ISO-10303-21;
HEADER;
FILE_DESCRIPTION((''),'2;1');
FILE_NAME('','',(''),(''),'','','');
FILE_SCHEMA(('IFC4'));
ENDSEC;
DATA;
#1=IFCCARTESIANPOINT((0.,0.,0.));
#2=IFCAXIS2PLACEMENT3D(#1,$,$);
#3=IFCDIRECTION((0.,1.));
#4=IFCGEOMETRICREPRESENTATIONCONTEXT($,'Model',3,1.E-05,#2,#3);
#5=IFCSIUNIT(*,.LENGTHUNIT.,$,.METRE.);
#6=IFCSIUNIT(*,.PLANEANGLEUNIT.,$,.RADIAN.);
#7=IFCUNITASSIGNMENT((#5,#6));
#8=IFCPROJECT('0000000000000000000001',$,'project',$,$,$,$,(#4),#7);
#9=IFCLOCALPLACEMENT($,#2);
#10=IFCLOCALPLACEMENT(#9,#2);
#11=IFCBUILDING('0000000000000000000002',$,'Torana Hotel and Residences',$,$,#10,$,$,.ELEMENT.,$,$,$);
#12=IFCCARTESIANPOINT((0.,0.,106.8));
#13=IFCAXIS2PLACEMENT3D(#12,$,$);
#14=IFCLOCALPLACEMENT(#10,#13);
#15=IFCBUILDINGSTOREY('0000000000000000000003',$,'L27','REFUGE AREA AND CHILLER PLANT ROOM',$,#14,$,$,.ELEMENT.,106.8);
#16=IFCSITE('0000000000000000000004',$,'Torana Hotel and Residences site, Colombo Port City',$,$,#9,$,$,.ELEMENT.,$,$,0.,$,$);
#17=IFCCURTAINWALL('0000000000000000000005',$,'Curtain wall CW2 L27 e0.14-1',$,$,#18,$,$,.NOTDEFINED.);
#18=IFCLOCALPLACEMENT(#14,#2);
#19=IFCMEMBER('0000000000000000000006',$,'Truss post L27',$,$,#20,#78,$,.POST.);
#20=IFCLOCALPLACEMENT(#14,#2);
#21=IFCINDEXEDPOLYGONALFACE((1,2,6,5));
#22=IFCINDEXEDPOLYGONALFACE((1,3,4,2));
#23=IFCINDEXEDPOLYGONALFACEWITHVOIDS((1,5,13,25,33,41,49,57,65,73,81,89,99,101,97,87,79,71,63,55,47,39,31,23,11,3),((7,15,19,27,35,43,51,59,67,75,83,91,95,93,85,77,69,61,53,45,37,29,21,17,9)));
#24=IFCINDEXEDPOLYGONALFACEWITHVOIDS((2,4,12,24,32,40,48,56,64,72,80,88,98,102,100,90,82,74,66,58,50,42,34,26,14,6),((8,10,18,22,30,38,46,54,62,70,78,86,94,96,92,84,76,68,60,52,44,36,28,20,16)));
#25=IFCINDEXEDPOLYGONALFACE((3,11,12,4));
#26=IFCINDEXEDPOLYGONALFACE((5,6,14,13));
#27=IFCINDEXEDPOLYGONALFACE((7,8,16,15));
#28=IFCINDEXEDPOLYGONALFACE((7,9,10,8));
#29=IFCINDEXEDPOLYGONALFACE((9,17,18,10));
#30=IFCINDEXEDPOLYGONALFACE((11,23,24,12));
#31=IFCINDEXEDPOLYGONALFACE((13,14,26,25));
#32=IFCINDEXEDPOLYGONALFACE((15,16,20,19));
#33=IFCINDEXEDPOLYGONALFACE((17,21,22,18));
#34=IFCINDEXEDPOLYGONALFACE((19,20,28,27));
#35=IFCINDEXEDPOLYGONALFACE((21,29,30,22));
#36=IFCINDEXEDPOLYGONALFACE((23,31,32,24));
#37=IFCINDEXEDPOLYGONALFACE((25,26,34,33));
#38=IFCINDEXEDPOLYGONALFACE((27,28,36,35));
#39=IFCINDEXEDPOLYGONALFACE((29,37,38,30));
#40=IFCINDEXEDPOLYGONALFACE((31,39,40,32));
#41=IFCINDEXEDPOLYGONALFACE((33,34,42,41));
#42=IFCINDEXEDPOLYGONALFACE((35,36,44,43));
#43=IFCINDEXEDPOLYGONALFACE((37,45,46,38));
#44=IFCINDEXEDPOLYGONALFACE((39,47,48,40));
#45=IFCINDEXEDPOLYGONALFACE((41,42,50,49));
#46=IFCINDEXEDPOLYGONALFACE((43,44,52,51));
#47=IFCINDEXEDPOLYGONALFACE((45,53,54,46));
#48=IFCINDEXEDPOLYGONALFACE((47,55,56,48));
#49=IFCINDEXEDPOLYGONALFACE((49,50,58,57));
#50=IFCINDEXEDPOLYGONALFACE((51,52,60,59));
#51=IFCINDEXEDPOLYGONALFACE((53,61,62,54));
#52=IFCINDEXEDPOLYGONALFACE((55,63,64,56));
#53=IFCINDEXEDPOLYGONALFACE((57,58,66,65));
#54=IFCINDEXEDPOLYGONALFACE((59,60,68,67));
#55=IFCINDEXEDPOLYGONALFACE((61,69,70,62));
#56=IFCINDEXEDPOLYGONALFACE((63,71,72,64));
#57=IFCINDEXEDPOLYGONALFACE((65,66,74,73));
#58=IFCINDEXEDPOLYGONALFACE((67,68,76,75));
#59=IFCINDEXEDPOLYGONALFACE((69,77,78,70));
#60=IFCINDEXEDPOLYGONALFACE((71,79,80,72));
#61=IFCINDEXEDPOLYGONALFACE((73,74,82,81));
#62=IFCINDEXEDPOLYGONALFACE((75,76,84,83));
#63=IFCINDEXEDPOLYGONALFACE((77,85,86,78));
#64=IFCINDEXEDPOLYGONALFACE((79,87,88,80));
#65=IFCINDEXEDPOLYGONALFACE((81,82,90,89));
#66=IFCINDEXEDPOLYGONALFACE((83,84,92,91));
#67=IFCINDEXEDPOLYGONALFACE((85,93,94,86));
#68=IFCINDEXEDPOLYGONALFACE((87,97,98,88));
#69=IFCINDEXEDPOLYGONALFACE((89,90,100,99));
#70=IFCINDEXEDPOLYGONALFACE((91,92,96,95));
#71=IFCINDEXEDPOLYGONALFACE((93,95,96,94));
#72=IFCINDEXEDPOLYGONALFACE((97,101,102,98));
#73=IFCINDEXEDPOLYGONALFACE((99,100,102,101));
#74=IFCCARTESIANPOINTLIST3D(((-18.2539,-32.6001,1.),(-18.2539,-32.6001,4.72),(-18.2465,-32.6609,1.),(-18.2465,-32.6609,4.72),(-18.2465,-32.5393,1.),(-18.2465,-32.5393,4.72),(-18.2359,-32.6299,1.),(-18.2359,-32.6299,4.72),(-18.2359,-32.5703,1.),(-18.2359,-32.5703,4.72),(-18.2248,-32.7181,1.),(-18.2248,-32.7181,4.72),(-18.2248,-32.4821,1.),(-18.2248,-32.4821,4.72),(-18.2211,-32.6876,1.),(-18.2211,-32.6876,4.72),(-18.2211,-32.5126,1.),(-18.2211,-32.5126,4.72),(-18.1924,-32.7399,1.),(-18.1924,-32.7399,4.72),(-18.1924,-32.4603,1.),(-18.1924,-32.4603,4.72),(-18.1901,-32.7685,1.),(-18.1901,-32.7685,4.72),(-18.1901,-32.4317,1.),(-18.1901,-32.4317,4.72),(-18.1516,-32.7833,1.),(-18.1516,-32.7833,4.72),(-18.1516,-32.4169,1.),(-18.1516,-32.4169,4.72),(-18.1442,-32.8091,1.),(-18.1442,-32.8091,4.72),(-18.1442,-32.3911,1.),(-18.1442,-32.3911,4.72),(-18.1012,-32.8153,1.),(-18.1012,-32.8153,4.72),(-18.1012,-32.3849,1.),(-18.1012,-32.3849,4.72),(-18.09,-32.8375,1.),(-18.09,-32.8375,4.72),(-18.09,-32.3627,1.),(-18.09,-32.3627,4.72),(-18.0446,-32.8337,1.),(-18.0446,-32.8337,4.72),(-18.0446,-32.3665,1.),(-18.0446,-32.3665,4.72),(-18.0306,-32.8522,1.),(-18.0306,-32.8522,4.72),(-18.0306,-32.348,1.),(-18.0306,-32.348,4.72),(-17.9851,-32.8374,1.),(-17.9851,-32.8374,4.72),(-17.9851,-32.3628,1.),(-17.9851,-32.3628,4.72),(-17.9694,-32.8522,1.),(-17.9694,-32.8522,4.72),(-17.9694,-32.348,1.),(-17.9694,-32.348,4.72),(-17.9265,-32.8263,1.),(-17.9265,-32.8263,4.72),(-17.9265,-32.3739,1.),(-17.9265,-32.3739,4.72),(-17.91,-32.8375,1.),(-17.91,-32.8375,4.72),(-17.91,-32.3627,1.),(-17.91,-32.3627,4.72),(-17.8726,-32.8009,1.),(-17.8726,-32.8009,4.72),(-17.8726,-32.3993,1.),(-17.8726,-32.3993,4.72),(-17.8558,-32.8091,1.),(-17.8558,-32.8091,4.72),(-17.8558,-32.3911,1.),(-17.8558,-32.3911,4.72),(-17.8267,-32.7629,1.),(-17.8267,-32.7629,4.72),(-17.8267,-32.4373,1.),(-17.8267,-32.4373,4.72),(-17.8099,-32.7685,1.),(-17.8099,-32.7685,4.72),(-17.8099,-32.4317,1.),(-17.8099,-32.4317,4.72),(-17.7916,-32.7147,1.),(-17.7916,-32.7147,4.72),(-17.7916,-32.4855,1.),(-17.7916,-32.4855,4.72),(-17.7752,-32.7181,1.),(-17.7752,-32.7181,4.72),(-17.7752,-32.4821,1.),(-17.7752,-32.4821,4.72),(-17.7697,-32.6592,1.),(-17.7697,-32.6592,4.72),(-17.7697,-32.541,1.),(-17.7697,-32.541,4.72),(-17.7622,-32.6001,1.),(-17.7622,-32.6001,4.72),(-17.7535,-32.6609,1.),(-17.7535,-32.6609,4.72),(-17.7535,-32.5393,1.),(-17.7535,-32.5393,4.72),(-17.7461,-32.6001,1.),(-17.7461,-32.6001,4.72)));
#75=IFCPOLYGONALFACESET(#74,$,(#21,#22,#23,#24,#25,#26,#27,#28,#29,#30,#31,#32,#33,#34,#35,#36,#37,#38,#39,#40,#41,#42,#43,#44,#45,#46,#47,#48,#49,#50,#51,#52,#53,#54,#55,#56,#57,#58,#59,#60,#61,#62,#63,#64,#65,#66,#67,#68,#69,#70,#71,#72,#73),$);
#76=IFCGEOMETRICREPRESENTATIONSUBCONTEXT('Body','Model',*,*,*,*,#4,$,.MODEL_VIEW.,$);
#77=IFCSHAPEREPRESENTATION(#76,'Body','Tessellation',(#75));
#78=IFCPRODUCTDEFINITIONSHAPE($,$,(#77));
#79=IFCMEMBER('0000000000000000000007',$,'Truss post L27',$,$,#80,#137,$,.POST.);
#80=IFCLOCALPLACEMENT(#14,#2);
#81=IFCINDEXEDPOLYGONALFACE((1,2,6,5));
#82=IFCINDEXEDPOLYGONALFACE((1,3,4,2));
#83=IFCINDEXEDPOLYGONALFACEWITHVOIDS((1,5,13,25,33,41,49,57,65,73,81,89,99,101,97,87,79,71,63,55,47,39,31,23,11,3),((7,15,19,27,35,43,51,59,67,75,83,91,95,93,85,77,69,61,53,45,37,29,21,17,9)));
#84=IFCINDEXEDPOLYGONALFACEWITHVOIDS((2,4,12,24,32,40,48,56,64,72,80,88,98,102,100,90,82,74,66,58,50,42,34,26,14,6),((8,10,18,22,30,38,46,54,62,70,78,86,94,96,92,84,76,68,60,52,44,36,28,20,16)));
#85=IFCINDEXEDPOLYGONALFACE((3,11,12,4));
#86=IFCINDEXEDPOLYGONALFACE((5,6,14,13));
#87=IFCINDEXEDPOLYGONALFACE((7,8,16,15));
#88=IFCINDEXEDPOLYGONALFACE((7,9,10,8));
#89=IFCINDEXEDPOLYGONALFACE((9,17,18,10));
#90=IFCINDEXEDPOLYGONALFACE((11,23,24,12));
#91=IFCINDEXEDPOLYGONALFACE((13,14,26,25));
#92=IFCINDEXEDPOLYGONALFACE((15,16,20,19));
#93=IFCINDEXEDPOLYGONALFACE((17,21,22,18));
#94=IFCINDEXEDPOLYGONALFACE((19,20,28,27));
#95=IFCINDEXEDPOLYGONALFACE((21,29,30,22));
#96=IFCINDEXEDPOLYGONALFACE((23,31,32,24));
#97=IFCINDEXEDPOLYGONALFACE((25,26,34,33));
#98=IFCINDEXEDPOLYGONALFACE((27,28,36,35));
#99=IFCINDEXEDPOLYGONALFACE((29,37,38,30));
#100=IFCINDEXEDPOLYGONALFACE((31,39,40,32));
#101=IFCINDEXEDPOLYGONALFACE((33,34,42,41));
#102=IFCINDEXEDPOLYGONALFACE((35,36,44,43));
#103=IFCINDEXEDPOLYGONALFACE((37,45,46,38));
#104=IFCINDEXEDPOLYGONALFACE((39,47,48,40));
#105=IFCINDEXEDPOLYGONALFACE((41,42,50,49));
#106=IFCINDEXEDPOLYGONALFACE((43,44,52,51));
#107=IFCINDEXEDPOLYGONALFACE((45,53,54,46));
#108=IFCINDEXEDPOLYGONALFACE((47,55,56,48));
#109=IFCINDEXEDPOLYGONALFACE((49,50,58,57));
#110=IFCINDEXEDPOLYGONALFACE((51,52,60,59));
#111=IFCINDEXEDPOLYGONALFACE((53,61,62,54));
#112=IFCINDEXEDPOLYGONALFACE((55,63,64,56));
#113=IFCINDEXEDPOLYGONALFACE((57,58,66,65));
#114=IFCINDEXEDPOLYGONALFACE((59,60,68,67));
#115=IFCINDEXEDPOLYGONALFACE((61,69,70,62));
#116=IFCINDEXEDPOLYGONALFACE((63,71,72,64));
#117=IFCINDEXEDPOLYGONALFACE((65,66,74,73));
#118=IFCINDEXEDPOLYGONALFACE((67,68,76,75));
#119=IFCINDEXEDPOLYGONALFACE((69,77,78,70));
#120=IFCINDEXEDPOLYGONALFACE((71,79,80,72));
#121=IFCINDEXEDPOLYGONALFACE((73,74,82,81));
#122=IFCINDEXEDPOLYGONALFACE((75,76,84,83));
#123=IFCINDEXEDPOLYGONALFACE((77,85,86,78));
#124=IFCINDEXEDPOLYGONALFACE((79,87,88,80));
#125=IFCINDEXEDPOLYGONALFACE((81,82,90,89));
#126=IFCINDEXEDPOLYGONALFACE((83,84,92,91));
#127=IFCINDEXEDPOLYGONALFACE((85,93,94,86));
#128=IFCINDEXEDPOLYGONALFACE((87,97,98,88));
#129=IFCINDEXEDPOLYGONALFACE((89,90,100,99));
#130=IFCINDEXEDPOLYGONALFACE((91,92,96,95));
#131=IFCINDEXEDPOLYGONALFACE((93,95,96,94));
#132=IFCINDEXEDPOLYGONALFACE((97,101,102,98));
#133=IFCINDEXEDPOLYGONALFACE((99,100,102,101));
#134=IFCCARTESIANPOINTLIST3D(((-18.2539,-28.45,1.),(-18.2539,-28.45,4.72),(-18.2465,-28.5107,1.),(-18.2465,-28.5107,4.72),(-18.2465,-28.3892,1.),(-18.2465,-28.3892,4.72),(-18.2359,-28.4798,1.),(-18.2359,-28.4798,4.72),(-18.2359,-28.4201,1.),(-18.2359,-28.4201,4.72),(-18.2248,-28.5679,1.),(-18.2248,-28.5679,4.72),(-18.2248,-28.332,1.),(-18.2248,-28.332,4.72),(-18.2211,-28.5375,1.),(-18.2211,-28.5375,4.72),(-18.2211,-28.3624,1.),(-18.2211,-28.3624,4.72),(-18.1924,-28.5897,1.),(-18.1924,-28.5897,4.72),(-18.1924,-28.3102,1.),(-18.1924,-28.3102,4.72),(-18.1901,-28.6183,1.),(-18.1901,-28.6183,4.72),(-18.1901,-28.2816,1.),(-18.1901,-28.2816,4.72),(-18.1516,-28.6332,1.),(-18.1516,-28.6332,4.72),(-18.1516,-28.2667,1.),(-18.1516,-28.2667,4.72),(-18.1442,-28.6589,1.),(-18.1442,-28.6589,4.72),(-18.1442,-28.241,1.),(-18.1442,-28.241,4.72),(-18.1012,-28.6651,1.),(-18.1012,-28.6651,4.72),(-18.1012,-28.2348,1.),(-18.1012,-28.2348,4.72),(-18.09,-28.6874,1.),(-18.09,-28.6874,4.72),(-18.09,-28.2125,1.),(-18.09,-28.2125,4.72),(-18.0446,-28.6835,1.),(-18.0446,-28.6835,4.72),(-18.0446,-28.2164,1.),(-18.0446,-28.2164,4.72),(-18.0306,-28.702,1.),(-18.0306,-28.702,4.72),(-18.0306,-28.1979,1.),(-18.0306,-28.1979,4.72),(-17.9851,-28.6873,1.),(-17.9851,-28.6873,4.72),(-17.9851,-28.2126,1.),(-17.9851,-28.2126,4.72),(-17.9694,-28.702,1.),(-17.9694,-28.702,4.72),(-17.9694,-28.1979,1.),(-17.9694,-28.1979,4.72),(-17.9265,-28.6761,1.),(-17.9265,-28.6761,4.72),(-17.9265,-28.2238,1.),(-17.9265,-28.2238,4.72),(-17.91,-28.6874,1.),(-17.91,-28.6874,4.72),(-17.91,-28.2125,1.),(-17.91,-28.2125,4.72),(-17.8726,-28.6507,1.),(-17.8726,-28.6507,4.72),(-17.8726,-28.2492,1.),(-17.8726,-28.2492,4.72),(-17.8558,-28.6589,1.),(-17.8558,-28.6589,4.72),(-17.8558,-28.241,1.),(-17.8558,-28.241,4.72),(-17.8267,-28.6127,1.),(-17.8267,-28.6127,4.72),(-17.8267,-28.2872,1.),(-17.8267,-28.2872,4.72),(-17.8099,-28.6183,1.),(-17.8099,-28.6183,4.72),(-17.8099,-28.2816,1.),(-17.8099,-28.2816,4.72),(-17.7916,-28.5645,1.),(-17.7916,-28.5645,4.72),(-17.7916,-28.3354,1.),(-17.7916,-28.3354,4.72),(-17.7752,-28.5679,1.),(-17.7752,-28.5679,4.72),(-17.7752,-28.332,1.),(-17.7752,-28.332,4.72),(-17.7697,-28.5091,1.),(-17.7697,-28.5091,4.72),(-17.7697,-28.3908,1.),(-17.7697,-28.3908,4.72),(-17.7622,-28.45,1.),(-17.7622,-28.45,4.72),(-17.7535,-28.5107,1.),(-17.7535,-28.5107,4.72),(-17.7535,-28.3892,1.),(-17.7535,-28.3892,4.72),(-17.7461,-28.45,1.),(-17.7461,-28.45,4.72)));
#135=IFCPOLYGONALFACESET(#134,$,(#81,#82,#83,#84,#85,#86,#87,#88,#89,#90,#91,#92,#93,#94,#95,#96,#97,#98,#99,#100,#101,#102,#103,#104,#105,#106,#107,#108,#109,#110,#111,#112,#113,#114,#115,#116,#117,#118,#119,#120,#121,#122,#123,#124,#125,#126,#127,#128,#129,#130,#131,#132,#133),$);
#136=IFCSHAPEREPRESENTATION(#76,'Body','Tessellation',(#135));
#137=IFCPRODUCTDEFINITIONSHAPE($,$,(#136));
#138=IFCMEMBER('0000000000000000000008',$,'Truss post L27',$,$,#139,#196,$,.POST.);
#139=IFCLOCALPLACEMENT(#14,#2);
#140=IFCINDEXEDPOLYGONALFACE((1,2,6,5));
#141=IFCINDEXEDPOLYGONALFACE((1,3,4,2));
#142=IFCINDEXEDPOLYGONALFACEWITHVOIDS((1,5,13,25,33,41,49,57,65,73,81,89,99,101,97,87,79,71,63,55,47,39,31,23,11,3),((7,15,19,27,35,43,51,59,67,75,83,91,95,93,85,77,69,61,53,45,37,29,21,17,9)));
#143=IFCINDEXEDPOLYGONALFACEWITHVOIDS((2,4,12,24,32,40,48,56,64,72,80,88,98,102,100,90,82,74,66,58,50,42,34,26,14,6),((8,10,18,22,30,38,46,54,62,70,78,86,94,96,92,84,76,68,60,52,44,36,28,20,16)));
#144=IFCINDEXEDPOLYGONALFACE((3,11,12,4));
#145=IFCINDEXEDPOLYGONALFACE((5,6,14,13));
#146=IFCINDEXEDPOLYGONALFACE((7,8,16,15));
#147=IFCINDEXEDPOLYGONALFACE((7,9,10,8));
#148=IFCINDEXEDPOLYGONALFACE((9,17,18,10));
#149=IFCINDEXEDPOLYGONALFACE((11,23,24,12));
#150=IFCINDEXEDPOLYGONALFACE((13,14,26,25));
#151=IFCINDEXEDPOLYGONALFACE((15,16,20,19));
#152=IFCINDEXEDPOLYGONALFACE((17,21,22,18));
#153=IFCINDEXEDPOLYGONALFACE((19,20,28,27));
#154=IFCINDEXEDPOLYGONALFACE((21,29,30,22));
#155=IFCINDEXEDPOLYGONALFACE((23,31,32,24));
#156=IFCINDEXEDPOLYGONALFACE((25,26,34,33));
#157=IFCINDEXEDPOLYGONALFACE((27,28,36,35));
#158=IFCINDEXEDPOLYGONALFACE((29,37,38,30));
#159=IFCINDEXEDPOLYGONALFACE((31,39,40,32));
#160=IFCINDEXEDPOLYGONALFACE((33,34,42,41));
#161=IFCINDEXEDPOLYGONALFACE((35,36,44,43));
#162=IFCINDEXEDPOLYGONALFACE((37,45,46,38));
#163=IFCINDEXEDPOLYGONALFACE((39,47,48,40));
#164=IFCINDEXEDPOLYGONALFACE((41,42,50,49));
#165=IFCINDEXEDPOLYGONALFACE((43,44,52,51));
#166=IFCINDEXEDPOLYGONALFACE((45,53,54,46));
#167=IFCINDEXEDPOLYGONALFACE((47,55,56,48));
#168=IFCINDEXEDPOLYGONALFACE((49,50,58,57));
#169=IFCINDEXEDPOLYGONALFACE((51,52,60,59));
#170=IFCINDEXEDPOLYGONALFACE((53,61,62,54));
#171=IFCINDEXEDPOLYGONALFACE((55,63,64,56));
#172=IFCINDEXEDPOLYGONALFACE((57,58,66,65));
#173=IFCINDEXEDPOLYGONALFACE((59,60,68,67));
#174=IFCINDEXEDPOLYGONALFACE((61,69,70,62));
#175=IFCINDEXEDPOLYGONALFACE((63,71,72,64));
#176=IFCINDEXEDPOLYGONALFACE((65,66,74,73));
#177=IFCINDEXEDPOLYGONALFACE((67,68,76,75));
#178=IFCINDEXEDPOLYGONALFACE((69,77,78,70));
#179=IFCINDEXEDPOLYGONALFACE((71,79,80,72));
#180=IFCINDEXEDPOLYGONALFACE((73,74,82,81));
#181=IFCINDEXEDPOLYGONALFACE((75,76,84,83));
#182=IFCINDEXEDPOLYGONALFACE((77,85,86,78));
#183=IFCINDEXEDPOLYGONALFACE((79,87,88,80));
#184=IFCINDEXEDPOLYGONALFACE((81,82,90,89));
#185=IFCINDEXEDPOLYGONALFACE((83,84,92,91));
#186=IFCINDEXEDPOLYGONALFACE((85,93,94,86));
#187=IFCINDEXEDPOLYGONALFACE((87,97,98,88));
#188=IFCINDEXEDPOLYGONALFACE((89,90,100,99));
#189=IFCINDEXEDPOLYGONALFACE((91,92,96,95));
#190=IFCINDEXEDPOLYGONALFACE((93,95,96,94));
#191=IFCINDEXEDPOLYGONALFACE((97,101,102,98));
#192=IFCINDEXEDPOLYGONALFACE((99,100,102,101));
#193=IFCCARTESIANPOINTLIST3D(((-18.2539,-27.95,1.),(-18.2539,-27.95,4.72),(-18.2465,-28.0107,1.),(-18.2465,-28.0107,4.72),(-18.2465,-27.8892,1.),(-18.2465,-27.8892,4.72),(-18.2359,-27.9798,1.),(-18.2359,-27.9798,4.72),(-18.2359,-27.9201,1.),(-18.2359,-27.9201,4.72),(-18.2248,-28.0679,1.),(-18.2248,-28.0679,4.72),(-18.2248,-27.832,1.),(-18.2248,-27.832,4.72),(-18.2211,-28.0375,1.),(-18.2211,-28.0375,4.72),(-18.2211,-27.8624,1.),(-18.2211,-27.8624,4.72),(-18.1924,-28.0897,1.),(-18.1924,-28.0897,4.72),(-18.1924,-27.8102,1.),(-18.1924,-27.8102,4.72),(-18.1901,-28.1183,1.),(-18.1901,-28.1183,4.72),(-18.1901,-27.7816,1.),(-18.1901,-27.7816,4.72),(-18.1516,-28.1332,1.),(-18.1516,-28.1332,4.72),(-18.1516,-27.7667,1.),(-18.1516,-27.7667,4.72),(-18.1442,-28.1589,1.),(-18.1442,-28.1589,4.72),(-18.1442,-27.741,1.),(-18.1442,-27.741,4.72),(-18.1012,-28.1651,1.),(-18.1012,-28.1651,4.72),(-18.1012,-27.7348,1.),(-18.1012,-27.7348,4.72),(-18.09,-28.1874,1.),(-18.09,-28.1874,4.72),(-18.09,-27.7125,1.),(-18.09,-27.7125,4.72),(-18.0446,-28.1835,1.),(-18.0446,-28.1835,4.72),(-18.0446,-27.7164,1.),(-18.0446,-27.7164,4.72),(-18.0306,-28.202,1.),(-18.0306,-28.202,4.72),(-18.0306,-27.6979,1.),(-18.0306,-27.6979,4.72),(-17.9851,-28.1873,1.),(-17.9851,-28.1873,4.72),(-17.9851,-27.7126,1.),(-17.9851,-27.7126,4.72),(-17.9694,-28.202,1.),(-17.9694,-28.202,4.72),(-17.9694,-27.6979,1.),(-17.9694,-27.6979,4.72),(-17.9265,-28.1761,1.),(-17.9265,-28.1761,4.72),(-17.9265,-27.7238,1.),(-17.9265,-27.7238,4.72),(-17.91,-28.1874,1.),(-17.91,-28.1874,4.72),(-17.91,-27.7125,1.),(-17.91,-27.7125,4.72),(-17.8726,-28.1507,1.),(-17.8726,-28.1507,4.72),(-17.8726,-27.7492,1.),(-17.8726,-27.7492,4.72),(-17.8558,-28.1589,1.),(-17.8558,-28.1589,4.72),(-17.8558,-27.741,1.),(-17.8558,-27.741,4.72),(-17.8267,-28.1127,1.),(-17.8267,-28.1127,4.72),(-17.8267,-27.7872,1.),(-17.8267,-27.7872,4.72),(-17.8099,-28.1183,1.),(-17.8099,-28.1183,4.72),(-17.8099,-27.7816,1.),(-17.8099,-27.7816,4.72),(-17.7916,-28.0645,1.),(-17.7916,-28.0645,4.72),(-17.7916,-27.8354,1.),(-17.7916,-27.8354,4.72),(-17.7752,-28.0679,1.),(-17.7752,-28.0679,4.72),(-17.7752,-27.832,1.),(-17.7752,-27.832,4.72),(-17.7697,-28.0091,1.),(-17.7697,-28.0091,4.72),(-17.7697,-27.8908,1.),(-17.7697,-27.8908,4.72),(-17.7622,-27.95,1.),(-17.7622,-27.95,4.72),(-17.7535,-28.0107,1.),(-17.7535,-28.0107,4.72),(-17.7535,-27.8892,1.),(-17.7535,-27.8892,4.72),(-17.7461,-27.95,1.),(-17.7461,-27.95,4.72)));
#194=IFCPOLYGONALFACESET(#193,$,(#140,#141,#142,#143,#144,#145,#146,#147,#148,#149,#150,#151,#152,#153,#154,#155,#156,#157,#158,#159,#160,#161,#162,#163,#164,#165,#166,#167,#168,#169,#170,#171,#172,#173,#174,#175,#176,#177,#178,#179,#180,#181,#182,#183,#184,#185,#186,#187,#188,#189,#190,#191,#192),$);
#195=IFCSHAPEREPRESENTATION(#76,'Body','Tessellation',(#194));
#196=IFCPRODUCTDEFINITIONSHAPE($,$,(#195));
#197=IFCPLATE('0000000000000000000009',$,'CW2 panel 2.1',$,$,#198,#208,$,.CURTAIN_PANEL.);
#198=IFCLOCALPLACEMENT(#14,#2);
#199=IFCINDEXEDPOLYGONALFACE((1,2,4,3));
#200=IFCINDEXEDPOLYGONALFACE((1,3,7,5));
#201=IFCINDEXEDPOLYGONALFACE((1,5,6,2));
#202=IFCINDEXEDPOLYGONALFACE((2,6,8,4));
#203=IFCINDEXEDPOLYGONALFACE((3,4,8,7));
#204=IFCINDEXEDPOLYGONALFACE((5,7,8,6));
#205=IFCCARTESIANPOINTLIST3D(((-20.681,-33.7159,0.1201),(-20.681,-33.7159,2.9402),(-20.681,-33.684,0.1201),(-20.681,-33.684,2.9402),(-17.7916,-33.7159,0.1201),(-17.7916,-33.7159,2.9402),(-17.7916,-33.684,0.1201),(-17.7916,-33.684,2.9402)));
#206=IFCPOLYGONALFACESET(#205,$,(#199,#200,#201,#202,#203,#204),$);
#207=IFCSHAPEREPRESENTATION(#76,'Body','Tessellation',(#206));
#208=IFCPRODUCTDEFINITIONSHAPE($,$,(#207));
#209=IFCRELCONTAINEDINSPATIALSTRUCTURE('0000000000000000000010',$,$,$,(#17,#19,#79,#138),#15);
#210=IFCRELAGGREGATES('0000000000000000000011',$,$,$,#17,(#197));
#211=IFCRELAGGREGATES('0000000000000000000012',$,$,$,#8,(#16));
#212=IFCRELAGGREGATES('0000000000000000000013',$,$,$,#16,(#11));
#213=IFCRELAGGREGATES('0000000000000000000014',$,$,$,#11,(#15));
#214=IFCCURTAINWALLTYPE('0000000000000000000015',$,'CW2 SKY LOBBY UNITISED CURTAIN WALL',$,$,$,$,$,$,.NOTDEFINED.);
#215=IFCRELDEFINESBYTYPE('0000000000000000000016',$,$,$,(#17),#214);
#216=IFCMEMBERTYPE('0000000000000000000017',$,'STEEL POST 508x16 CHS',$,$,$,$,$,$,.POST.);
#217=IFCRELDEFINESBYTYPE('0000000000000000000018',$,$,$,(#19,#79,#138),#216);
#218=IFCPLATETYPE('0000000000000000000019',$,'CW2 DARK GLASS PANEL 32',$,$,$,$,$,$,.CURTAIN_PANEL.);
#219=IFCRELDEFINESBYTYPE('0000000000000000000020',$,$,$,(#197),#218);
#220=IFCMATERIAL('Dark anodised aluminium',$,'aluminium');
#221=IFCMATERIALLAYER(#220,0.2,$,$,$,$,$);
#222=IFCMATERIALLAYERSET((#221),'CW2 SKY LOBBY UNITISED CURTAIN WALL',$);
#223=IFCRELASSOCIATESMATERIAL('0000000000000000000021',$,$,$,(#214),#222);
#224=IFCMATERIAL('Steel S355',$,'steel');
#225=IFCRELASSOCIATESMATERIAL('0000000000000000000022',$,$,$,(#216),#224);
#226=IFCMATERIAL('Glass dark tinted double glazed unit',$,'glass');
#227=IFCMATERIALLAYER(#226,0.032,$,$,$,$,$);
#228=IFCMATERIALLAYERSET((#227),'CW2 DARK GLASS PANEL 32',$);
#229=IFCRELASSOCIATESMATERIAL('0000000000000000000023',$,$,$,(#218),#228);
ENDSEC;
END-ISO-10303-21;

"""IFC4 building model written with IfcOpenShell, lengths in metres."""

from ifc_helpers import new_model, si_unit, direction, frame, origin, origin_2d, place, context, subcontext, project, spatial, rectangle, hollow_circle, extrude, material, layer, layer_set, material_profile, profile_set, type_object, element, aggregate, save


model = new_model("IFC4")

# Units and contexts
model_context = context("Model", 3, precision=1e-05, world=origin(), true_north=direction((0.0, 1.0)))
body_context = subcontext(model_context, "Body", "Model", "MODEL_VIEW")
ifc_project = project(units=[si_unit("LENGTHUNIT", "METRE"), si_unit("PLANEANGLEUNIT", "RADIAN")], contexts=[model_context])

# Site, building, storey
site_placement = place(None, origin())
site = spatial("IfcSite", under=ifc_project, at=site_placement, Name="Torana Hotel and Residences site, Colombo Port City", CompositionType="ELEMENT", RefElevation=0.0)
building_placement = place(site_placement, origin())
building = spatial("IfcBuilding", under=site, at=building_placement, Name="Torana Hotel and Residences", CompositionType="ELEMENT")
storey_placement = place(building_placement, frame((0.0, 0.0, 106.8)))
storey = spatial("IfcBuildingStorey", under=building, at=storey_placement, Name="L27", Description="REFUGE AREA AND CHILLER PLANT ROOM", CompositionType="ELEMENT", Elevation=106.8)

# Curtain wall
ifc_material_1 = material(Name="Dark anodised aluminium", Category="aluminium")
ifc_layer_1 = layer(ifc_material_1, 0.2)
ifc_layer_set_1 = layer_set([ifc_layer_1], Name="CW2 SKY LOBBY UNITISED CURTAIN WALL")
curtain_wall_type = type_object("IfcCurtainWallType", Name="CW2 SKY LOBBY UNITISED CURTAIN WALL", PredefinedType="NOTDEFINED", material=ifc_layer_set_1)
curtain_wall_placement = place(storey_placement, origin())
curtain_wall = element("IfcCurtainWall", 1, at=curtain_wall_placement, inside=storey, type_object=curtain_wall_type, Name="Curtain wall CW2 L27 e0.14-1", PredefinedType="NOTDEFINED")

# Members
ifc_material_2 = material(Name="Steel S355", Category="steel")
ifc_material_profile_1 = material_profile(ifc_material_2, hollow_circle(Radius=0.2539, WallThickness=0.0161, at=origin_2d()), Name="508x16 CHS")
ifc_profile_set_1 = profile_set([ifc_material_profile_1], Name="Steel S355")
member_type_1 = type_object("IfcMemberType", Name="STEEL POST 508x16 CHS", PredefinedType="POST", material=ifc_profile_set_1)
for number, where, z_axis, x_axis, name in (
    (2, (-18.0, -32.6001, 1.0), (0.0, 0.0, 1.0), (1.0, 0.0, 0.0), "Truss post L27"),
    (3, (-18.0, -28.45, 1.0), (0.0, 0.0, 1.0), (1.0, 0.0, 0.0), "Truss post L27"),
    (4, (-18.0, -27.95, 1.0), (0.0, 0.0, 1.0), (1.0, 0.0, 0.0), "Truss post L27"),
):
    element("IfcMember", number, at=place(storey_placement, frame(where, z_axis=z_axis, x_axis=x_axis)), inside=storey, type_object=member_type_1, Name=name, PredefinedType="POST", context=body_context, shape_type="SweptSolid", body=[
        extrude(hollow_circle(Radius=0.2539, WallThickness=0.0161, at=origin_2d()), origin(), (0.0, 0.0, 1.0), 3.72),
    ])

# Plate
ifc_material_3 = material(Name="Glass dark tinted double glazed unit", Category="glass")
ifc_layer_2 = layer(ifc_material_3, 0.032)
ifc_layer_set_2 = layer_set([ifc_layer_2], Name="CW2 DARK GLASS PANEL 32")
plate_type = type_object("IfcPlateType", Name="CW2 DARK GLASS PANEL 32", PredefinedType="CURTAIN_PANEL", material=ifc_layer_set_2)
plate_1_placement = place(storey_placement, frame((-19.2363, -33.7, 0.1201), z_axis=(0.0, 0.0, 1.0), x_axis=(1.0, 0.0, 0.0)))
plate_1 = element("IfcPlate", 5, at=plate_1_placement, type_object=plate_type, Name="CW2 panel 2.1", PredefinedType="CURTAIN_PANEL", context=body_context, shape_type="SweptSolid", body=[
    extrude(rectangle(XDim=2.8894, YDim=0.032, at=origin_2d()), origin(), (0.0, 0.0, 1.0), 2.8201),
])
aggregate(curtain_wall, [plate_1])

save(model, "model.ifc")
